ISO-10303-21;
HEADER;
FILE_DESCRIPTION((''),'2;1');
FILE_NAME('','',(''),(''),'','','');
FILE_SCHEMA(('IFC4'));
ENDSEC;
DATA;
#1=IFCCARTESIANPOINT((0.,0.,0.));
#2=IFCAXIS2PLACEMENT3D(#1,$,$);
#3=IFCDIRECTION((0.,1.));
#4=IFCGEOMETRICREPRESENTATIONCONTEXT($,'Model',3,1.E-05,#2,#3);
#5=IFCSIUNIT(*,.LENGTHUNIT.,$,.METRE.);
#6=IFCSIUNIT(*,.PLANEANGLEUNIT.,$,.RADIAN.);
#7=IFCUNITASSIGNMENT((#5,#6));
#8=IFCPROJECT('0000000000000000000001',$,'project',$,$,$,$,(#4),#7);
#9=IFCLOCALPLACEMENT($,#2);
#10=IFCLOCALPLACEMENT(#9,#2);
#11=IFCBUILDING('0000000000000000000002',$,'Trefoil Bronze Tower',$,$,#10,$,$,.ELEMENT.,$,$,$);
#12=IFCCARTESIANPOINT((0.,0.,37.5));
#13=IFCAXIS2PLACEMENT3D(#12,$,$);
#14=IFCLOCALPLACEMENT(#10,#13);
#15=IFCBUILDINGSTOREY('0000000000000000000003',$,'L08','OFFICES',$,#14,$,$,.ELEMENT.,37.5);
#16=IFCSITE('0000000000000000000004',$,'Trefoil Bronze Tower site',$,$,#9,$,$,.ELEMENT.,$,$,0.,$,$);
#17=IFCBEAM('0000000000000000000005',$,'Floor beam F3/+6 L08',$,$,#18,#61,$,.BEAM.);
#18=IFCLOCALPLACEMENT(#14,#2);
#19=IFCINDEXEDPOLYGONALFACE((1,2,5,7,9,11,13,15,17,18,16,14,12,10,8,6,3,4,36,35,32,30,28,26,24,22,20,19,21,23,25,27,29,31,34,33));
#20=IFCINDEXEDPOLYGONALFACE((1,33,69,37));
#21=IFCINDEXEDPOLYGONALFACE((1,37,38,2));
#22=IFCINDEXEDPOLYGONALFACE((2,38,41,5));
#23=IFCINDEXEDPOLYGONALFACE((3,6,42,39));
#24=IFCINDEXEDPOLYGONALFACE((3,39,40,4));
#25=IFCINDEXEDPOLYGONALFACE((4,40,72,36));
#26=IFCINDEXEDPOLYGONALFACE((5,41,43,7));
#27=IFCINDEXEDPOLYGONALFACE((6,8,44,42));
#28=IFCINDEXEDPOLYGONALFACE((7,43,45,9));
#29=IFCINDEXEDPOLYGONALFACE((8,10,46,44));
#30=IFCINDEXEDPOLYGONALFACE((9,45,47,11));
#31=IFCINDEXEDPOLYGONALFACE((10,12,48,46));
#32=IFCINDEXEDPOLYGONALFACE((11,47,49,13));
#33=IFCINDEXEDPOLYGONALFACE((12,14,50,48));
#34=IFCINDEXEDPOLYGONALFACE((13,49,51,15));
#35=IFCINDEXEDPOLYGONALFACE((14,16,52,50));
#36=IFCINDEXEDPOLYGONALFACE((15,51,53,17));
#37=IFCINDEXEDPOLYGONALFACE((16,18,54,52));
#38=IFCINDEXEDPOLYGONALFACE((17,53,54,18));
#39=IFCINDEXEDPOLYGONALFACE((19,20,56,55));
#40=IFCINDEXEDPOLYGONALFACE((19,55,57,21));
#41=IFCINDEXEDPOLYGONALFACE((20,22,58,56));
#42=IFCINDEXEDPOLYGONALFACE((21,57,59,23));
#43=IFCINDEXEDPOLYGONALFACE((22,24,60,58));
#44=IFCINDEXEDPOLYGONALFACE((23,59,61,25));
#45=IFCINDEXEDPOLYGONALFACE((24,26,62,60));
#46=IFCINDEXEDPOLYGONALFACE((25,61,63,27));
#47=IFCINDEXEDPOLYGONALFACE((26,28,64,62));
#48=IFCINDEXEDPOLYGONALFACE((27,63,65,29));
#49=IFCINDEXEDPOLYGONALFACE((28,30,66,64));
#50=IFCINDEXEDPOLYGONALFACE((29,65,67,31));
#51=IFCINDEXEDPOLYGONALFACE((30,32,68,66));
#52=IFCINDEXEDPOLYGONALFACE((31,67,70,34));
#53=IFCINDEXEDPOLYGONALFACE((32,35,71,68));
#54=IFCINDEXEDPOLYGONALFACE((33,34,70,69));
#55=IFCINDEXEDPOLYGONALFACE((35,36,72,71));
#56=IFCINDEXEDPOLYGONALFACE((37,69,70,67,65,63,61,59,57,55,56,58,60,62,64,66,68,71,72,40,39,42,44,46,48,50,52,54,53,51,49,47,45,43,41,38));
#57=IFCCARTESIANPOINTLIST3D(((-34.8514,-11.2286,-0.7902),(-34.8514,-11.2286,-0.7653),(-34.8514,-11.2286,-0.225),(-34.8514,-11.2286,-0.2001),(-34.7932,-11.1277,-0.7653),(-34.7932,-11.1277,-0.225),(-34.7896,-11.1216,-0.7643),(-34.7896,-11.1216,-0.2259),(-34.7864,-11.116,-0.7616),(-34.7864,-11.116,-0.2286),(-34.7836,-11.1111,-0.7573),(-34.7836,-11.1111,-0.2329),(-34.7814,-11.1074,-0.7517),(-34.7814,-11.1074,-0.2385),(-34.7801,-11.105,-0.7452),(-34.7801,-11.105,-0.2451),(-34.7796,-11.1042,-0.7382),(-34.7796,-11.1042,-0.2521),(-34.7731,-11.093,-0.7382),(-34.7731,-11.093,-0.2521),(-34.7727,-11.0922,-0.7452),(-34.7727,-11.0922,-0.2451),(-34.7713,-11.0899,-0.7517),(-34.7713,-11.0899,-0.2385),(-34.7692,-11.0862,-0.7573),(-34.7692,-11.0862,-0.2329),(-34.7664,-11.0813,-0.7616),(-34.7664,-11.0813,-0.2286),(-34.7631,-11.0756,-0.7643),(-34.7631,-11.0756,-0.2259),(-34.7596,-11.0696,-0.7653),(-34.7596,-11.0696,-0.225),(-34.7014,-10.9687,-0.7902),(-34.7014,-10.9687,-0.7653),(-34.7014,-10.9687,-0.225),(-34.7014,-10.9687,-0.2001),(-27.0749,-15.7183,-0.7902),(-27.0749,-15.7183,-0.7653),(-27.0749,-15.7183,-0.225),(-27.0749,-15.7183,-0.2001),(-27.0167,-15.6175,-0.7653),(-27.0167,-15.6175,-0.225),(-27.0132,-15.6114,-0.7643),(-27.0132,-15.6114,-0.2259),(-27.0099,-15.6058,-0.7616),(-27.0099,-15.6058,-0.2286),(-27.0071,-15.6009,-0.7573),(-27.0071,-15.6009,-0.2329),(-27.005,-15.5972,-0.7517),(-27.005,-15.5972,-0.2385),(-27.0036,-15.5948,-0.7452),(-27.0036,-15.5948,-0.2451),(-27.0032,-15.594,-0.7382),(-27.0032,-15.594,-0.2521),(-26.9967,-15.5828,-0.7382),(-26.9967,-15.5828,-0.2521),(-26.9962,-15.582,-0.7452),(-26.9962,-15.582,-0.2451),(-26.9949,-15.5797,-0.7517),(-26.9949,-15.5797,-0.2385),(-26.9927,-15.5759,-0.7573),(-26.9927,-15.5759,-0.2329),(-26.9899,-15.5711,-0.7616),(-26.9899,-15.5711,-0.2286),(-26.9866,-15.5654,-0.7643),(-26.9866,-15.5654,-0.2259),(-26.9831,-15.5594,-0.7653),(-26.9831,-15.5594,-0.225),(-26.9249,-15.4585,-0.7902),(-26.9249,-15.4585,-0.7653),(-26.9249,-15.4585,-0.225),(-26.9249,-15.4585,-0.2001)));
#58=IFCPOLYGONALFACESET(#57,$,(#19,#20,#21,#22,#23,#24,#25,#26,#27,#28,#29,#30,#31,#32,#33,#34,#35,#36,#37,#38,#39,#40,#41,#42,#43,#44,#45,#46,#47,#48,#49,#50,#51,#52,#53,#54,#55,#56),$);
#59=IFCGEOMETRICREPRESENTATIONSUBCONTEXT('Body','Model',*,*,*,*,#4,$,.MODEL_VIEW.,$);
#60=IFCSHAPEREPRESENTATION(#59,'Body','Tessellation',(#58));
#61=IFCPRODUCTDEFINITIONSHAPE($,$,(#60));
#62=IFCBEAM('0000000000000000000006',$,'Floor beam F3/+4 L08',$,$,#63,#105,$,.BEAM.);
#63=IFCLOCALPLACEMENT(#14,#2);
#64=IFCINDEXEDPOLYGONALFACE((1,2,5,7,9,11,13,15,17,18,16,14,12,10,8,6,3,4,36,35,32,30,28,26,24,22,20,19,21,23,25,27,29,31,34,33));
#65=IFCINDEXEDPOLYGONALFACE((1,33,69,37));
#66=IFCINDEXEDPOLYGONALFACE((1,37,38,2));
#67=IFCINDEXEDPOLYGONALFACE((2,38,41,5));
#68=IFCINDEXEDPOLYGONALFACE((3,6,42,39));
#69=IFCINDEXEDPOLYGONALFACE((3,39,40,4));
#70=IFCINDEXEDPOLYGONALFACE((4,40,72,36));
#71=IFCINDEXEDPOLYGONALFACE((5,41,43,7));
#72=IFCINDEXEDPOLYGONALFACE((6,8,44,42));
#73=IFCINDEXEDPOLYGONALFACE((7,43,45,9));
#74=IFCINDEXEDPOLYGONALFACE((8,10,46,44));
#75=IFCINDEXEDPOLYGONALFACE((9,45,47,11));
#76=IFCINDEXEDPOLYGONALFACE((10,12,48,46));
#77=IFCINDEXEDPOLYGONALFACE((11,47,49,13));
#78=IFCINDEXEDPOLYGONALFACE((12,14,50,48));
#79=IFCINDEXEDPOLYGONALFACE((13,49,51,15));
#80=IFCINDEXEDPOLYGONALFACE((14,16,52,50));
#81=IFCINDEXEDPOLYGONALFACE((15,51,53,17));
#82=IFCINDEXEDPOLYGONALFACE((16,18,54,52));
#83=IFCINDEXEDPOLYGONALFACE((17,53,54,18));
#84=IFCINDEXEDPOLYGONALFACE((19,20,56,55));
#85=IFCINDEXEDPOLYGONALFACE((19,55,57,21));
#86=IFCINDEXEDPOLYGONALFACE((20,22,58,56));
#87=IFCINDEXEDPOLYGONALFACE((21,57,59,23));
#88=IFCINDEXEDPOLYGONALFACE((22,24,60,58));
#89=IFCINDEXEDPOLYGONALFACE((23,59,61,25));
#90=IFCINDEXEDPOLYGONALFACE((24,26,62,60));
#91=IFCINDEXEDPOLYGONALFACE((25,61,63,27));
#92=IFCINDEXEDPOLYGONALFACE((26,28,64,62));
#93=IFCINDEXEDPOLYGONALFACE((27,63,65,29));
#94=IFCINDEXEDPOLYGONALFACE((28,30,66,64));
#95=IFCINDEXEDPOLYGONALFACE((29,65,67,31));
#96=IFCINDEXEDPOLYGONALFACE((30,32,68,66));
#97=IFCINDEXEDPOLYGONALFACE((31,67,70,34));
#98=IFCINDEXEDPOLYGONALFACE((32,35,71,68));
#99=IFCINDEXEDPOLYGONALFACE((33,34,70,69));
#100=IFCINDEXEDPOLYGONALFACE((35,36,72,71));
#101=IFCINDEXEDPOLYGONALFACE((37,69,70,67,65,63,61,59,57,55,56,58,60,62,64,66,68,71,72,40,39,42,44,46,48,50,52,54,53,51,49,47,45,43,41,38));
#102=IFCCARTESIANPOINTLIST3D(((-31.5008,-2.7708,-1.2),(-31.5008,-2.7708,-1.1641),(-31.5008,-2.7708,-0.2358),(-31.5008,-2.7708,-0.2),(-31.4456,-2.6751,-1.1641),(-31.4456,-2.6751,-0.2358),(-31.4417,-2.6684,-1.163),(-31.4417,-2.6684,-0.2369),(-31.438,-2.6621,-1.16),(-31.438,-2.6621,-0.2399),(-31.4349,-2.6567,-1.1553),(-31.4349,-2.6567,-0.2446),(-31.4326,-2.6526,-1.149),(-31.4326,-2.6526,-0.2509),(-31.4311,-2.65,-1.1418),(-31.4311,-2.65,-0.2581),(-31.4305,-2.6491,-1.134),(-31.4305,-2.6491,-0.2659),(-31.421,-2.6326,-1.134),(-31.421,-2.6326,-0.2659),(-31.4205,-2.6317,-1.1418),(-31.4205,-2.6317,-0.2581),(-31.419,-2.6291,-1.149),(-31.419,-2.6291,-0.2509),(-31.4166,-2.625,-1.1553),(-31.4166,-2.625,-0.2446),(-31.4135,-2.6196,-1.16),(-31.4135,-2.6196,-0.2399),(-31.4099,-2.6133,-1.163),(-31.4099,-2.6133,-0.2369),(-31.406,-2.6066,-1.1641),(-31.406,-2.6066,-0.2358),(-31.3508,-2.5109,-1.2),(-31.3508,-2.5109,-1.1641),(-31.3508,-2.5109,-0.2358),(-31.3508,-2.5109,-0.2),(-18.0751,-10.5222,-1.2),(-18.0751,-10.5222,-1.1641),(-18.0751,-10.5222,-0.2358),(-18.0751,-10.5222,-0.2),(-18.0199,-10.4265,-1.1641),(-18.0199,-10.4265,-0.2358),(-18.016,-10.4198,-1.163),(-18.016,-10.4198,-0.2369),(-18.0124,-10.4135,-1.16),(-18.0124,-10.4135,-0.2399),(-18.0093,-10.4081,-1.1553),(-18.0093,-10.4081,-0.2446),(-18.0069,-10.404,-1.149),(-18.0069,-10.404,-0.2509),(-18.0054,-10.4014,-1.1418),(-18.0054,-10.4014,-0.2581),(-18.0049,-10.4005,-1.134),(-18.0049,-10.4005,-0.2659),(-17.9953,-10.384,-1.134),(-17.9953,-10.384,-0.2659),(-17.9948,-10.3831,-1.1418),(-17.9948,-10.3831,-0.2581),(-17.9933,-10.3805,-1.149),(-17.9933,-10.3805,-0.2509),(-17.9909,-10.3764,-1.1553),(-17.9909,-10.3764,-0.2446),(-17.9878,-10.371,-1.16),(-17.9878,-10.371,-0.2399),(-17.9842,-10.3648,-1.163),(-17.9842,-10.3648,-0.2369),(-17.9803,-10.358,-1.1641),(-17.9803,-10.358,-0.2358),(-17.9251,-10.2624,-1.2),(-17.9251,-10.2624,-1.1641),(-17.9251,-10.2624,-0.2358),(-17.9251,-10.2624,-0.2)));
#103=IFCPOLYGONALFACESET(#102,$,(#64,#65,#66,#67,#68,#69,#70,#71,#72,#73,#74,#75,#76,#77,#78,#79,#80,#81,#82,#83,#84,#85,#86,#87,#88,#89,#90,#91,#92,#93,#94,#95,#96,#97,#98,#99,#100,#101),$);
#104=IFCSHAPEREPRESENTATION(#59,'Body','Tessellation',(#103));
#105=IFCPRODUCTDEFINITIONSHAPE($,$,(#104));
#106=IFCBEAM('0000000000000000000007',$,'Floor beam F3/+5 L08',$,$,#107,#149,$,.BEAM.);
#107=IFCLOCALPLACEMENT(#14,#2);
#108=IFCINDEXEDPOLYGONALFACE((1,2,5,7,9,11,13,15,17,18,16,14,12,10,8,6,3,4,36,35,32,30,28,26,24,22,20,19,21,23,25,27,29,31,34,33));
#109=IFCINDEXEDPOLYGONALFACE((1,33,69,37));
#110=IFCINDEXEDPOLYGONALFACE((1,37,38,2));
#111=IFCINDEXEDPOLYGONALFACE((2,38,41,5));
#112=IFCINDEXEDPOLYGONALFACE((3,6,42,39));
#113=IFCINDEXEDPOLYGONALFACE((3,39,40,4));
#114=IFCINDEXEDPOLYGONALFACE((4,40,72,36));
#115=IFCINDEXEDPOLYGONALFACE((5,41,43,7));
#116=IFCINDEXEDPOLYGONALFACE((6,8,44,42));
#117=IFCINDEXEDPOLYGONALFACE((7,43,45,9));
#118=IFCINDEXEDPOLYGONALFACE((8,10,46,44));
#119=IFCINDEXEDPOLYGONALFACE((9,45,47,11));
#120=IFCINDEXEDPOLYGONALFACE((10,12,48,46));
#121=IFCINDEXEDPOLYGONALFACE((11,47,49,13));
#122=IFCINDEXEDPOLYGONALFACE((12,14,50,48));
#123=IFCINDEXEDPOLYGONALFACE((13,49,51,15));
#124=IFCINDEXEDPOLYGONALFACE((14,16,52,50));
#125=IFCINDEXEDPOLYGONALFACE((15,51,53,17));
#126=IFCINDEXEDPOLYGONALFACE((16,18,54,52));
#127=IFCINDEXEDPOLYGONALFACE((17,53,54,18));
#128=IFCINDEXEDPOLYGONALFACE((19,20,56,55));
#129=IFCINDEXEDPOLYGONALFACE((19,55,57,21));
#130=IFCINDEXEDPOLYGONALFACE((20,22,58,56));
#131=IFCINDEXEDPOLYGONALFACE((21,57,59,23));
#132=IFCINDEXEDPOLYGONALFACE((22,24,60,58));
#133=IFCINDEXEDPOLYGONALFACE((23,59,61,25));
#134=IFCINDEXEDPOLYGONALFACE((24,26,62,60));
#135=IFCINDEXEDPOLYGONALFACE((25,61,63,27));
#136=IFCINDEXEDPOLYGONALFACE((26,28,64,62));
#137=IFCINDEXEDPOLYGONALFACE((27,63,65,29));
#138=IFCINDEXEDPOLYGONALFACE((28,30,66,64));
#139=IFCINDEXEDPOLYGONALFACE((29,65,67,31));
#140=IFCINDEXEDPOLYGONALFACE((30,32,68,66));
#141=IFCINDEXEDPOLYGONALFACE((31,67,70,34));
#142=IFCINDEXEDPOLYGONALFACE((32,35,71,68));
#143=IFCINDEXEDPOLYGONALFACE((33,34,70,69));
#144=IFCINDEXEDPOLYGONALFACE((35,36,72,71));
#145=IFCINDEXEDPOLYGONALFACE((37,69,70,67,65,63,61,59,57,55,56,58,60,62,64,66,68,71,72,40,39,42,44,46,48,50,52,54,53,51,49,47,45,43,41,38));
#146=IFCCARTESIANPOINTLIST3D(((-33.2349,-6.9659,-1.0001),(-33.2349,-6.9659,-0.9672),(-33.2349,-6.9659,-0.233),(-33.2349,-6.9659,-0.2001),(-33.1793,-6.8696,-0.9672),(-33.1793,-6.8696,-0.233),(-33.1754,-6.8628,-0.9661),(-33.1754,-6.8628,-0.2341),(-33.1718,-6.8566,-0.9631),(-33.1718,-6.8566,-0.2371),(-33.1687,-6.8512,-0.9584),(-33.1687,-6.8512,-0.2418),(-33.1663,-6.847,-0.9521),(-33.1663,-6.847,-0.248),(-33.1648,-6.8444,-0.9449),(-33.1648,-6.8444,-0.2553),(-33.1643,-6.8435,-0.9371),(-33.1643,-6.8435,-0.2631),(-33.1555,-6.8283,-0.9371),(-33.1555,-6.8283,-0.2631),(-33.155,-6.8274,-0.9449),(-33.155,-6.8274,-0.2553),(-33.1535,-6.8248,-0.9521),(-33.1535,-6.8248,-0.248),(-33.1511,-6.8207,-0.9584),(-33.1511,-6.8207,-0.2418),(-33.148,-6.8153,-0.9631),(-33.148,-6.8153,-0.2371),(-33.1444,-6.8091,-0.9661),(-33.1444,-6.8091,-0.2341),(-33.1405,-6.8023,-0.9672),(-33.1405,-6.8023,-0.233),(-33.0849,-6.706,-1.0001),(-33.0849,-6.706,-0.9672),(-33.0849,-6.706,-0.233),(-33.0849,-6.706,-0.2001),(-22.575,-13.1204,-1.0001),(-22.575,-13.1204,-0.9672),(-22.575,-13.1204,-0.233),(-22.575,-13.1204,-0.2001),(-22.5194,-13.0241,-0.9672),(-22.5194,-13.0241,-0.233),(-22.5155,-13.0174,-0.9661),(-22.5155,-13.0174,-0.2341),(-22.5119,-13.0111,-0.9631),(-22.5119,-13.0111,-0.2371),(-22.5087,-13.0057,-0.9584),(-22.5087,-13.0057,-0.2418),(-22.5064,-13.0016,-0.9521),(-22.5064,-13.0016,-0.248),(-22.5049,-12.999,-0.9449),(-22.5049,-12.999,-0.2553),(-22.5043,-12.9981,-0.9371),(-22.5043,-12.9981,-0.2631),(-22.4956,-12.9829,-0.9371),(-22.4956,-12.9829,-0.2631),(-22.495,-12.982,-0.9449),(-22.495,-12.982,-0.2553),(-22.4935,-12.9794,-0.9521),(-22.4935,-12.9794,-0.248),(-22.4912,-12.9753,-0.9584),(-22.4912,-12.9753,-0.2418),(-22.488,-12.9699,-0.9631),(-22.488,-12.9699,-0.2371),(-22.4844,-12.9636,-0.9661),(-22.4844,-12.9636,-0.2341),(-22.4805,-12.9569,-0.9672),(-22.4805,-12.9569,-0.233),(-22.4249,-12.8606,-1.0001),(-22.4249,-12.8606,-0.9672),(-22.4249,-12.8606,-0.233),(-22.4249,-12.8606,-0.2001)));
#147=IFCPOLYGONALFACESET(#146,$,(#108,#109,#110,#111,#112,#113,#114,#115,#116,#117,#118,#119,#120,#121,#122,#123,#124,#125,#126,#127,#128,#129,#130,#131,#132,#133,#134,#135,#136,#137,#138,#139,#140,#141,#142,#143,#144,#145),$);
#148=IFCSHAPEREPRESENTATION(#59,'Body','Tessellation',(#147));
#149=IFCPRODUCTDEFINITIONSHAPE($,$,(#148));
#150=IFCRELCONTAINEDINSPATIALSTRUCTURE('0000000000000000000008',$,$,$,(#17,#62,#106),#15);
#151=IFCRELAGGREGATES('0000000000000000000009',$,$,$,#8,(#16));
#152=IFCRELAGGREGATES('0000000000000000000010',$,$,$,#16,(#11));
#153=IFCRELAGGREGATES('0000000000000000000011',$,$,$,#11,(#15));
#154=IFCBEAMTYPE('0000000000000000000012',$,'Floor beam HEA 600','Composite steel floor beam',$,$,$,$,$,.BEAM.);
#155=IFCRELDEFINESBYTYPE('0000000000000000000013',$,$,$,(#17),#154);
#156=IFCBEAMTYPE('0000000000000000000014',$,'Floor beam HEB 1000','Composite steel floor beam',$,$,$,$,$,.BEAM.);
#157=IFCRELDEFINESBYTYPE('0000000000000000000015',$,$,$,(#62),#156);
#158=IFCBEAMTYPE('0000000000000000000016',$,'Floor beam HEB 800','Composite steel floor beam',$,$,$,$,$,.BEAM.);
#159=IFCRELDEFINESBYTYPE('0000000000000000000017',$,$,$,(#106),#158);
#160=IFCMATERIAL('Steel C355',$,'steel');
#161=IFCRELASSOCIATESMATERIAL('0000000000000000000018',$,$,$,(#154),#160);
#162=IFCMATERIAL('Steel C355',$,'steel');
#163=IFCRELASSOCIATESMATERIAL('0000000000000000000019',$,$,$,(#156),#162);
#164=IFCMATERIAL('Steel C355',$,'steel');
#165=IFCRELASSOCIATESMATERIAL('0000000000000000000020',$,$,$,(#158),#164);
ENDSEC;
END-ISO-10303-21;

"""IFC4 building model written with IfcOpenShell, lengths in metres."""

from ifc_helpers import new_model, si_unit, direction, frame, origin, origin_2d, place, context, subcontext, project, spatial, i_section, extrude, material, material_profile, profile_set, type_object, element, save


model = new_model("IFC4")

# Units and contexts
model_context = context("Model", 3, precision=1e-05, world=origin(), true_north=direction((0.0, 1.0)))
body_context = subcontext(model_context, "Body", "Model", "MODEL_VIEW")
ifc_project = project(units=[si_unit("LENGTHUNIT", "METRE"), si_unit("PLANEANGLEUNIT", "RADIAN")], contexts=[model_context])

# Site, building, storey
site_placement = place(None, origin())
site = spatial("IfcSite", under=ifc_project, at=site_placement, Name="Trefoil Bronze Tower site", CompositionType="ELEMENT", RefElevation=0.0)
building_placement = place(site_placement, origin())
building = spatial("IfcBuilding", under=site, at=building_placement, Name="Trefoil Bronze Tower", CompositionType="ELEMENT")
storey_placement = place(building_placement, frame((0.0, 0.0, 37.5)))
storey = spatial("IfcBuildingStorey", under=building, at=storey_placement, Name="L08", Description="OFFICES", CompositionType="ELEMENT", Elevation=37.5)

# Beams
ifc_material_1 = material(Name="Steel C355", Category="steel")
ifc_material_profile_1 = material_profile(ifc_material_1, i_section(OverallWidth=0.3, OverallDepth=0.5901, WebThickness=0.0129, FlangeThickness=0.0249, FilletRadius=0.0271, at=origin_2d()), Name="HEA 600")
ifc_profile_set_1 = profile_set([ifc_material_profile_1], Name="Steel C355")
beam_type_1 = type_object("IfcBeamType", Name="Floor beam HEA 600", Description="Composite steel floor beam", PredefinedType="BEAM", material=ifc_profile_set_1)
beam_1_placement = place(storey_placement, frame((-34.7764, -11.0986, -0.4951), z_axis=(0.866023, -0.500005, 0.0), x_axis=(0.500005, 0.866023, 0.0)))
element("IfcBeam", 1, at=beam_1_placement, inside=storey, type_object=beam_type_1, Name="Floor beam F3/+6 L08", PredefinedType="BEAM", context=body_context, shape_type="SweptSolid", body=[
    extrude(i_section(OverallWidth=0.3, OverallDepth=0.5901, WebThickness=0.0129, FlangeThickness=0.0249, FilletRadius=0.0271, at=origin_2d()), origin(), (0.0, 0.0, 1.0), 8.9795),
])
ifc_material_2 = material(Name="Steel C355", Category="steel")
ifc_material_profile_2 = material_profile(ifc_material_2, i_section(OverallWidth=0.3, OverallDepth=1.0, WebThickness=0.019, FlangeThickness=0.0359, FilletRadius=0.03, at=origin_2d()), Name="HEB 1000")
ifc_profile_set_2 = profile_set([ifc_material_profile_2], Name="Steel C355")
beam_type_2 = type_object("IfcBeamType", Name="Floor beam HEB 1000", Description="Composite steel floor beam", PredefinedType="BEAM", material=ifc_profile_set_2)
beam_2_placement = place(storey_placement, frame((-31.4258, -2.6409, -0.7), z_axis=(0.866023, -0.500004, 0.0), x_axis=(0.500004, 0.866023, 0.0)))
element("IfcBeam", 2, at=beam_2_placement, inside=storey, type_object=beam_type_2, Name="Floor beam F3/+4 L08", PredefinedType="BEAM", context=body_context, shape_type="SweptSolid", body=[
    extrude(i_section(OverallWidth=0.3, OverallDepth=1.0, WebThickness=0.019, FlangeThickness=0.0359, FilletRadius=0.03, at=origin_2d()), origin(), (0.0, 0.0, 1.0), 15.5027),
])
ifc_material_3 = material(Name="Steel C355", Category="steel")
ifc_material_profile_3 = material_profile(ifc_material_3, i_section(OverallWidth=0.3, OverallDepth=0.8, WebThickness=0.0176, FlangeThickness=0.033, FilletRadius=0.03, at=origin_2d()), Name="HEB 800")
ifc_profile_set_3 = profile_set([ifc_material_profile_3], Name="Steel C355")
beam_type_3 = type_object("IfcBeamType", Name="Floor beam HEB 800", Description="Composite steel floor beam", PredefinedType="BEAM", material=ifc_profile_set_3)
beam_3_placement = place(storey_placement, frame((-33.1599, -6.8359, -0.6001), z_axis=(0.866024, -0.500002, 0.0), x_axis=(0.500002, 0.866024, 0.0)))
element("IfcBeam", 3, at=beam_3_placement, inside=storey, type_object=beam_type_3, Name="Floor beam F3/+5 L08", PredefinedType="BEAM", context=body_context, shape_type="SweptSolid", body=[
    extrude(i_section(OverallWidth=0.3, OverallDepth=0.8, WebThickness=0.0176, FlangeThickness=0.033, FilletRadius=0.03, at=origin_2d()), origin(), (0.0, 0.0, 1.0), 12.3091),
])

save(model, "model.ifc")
